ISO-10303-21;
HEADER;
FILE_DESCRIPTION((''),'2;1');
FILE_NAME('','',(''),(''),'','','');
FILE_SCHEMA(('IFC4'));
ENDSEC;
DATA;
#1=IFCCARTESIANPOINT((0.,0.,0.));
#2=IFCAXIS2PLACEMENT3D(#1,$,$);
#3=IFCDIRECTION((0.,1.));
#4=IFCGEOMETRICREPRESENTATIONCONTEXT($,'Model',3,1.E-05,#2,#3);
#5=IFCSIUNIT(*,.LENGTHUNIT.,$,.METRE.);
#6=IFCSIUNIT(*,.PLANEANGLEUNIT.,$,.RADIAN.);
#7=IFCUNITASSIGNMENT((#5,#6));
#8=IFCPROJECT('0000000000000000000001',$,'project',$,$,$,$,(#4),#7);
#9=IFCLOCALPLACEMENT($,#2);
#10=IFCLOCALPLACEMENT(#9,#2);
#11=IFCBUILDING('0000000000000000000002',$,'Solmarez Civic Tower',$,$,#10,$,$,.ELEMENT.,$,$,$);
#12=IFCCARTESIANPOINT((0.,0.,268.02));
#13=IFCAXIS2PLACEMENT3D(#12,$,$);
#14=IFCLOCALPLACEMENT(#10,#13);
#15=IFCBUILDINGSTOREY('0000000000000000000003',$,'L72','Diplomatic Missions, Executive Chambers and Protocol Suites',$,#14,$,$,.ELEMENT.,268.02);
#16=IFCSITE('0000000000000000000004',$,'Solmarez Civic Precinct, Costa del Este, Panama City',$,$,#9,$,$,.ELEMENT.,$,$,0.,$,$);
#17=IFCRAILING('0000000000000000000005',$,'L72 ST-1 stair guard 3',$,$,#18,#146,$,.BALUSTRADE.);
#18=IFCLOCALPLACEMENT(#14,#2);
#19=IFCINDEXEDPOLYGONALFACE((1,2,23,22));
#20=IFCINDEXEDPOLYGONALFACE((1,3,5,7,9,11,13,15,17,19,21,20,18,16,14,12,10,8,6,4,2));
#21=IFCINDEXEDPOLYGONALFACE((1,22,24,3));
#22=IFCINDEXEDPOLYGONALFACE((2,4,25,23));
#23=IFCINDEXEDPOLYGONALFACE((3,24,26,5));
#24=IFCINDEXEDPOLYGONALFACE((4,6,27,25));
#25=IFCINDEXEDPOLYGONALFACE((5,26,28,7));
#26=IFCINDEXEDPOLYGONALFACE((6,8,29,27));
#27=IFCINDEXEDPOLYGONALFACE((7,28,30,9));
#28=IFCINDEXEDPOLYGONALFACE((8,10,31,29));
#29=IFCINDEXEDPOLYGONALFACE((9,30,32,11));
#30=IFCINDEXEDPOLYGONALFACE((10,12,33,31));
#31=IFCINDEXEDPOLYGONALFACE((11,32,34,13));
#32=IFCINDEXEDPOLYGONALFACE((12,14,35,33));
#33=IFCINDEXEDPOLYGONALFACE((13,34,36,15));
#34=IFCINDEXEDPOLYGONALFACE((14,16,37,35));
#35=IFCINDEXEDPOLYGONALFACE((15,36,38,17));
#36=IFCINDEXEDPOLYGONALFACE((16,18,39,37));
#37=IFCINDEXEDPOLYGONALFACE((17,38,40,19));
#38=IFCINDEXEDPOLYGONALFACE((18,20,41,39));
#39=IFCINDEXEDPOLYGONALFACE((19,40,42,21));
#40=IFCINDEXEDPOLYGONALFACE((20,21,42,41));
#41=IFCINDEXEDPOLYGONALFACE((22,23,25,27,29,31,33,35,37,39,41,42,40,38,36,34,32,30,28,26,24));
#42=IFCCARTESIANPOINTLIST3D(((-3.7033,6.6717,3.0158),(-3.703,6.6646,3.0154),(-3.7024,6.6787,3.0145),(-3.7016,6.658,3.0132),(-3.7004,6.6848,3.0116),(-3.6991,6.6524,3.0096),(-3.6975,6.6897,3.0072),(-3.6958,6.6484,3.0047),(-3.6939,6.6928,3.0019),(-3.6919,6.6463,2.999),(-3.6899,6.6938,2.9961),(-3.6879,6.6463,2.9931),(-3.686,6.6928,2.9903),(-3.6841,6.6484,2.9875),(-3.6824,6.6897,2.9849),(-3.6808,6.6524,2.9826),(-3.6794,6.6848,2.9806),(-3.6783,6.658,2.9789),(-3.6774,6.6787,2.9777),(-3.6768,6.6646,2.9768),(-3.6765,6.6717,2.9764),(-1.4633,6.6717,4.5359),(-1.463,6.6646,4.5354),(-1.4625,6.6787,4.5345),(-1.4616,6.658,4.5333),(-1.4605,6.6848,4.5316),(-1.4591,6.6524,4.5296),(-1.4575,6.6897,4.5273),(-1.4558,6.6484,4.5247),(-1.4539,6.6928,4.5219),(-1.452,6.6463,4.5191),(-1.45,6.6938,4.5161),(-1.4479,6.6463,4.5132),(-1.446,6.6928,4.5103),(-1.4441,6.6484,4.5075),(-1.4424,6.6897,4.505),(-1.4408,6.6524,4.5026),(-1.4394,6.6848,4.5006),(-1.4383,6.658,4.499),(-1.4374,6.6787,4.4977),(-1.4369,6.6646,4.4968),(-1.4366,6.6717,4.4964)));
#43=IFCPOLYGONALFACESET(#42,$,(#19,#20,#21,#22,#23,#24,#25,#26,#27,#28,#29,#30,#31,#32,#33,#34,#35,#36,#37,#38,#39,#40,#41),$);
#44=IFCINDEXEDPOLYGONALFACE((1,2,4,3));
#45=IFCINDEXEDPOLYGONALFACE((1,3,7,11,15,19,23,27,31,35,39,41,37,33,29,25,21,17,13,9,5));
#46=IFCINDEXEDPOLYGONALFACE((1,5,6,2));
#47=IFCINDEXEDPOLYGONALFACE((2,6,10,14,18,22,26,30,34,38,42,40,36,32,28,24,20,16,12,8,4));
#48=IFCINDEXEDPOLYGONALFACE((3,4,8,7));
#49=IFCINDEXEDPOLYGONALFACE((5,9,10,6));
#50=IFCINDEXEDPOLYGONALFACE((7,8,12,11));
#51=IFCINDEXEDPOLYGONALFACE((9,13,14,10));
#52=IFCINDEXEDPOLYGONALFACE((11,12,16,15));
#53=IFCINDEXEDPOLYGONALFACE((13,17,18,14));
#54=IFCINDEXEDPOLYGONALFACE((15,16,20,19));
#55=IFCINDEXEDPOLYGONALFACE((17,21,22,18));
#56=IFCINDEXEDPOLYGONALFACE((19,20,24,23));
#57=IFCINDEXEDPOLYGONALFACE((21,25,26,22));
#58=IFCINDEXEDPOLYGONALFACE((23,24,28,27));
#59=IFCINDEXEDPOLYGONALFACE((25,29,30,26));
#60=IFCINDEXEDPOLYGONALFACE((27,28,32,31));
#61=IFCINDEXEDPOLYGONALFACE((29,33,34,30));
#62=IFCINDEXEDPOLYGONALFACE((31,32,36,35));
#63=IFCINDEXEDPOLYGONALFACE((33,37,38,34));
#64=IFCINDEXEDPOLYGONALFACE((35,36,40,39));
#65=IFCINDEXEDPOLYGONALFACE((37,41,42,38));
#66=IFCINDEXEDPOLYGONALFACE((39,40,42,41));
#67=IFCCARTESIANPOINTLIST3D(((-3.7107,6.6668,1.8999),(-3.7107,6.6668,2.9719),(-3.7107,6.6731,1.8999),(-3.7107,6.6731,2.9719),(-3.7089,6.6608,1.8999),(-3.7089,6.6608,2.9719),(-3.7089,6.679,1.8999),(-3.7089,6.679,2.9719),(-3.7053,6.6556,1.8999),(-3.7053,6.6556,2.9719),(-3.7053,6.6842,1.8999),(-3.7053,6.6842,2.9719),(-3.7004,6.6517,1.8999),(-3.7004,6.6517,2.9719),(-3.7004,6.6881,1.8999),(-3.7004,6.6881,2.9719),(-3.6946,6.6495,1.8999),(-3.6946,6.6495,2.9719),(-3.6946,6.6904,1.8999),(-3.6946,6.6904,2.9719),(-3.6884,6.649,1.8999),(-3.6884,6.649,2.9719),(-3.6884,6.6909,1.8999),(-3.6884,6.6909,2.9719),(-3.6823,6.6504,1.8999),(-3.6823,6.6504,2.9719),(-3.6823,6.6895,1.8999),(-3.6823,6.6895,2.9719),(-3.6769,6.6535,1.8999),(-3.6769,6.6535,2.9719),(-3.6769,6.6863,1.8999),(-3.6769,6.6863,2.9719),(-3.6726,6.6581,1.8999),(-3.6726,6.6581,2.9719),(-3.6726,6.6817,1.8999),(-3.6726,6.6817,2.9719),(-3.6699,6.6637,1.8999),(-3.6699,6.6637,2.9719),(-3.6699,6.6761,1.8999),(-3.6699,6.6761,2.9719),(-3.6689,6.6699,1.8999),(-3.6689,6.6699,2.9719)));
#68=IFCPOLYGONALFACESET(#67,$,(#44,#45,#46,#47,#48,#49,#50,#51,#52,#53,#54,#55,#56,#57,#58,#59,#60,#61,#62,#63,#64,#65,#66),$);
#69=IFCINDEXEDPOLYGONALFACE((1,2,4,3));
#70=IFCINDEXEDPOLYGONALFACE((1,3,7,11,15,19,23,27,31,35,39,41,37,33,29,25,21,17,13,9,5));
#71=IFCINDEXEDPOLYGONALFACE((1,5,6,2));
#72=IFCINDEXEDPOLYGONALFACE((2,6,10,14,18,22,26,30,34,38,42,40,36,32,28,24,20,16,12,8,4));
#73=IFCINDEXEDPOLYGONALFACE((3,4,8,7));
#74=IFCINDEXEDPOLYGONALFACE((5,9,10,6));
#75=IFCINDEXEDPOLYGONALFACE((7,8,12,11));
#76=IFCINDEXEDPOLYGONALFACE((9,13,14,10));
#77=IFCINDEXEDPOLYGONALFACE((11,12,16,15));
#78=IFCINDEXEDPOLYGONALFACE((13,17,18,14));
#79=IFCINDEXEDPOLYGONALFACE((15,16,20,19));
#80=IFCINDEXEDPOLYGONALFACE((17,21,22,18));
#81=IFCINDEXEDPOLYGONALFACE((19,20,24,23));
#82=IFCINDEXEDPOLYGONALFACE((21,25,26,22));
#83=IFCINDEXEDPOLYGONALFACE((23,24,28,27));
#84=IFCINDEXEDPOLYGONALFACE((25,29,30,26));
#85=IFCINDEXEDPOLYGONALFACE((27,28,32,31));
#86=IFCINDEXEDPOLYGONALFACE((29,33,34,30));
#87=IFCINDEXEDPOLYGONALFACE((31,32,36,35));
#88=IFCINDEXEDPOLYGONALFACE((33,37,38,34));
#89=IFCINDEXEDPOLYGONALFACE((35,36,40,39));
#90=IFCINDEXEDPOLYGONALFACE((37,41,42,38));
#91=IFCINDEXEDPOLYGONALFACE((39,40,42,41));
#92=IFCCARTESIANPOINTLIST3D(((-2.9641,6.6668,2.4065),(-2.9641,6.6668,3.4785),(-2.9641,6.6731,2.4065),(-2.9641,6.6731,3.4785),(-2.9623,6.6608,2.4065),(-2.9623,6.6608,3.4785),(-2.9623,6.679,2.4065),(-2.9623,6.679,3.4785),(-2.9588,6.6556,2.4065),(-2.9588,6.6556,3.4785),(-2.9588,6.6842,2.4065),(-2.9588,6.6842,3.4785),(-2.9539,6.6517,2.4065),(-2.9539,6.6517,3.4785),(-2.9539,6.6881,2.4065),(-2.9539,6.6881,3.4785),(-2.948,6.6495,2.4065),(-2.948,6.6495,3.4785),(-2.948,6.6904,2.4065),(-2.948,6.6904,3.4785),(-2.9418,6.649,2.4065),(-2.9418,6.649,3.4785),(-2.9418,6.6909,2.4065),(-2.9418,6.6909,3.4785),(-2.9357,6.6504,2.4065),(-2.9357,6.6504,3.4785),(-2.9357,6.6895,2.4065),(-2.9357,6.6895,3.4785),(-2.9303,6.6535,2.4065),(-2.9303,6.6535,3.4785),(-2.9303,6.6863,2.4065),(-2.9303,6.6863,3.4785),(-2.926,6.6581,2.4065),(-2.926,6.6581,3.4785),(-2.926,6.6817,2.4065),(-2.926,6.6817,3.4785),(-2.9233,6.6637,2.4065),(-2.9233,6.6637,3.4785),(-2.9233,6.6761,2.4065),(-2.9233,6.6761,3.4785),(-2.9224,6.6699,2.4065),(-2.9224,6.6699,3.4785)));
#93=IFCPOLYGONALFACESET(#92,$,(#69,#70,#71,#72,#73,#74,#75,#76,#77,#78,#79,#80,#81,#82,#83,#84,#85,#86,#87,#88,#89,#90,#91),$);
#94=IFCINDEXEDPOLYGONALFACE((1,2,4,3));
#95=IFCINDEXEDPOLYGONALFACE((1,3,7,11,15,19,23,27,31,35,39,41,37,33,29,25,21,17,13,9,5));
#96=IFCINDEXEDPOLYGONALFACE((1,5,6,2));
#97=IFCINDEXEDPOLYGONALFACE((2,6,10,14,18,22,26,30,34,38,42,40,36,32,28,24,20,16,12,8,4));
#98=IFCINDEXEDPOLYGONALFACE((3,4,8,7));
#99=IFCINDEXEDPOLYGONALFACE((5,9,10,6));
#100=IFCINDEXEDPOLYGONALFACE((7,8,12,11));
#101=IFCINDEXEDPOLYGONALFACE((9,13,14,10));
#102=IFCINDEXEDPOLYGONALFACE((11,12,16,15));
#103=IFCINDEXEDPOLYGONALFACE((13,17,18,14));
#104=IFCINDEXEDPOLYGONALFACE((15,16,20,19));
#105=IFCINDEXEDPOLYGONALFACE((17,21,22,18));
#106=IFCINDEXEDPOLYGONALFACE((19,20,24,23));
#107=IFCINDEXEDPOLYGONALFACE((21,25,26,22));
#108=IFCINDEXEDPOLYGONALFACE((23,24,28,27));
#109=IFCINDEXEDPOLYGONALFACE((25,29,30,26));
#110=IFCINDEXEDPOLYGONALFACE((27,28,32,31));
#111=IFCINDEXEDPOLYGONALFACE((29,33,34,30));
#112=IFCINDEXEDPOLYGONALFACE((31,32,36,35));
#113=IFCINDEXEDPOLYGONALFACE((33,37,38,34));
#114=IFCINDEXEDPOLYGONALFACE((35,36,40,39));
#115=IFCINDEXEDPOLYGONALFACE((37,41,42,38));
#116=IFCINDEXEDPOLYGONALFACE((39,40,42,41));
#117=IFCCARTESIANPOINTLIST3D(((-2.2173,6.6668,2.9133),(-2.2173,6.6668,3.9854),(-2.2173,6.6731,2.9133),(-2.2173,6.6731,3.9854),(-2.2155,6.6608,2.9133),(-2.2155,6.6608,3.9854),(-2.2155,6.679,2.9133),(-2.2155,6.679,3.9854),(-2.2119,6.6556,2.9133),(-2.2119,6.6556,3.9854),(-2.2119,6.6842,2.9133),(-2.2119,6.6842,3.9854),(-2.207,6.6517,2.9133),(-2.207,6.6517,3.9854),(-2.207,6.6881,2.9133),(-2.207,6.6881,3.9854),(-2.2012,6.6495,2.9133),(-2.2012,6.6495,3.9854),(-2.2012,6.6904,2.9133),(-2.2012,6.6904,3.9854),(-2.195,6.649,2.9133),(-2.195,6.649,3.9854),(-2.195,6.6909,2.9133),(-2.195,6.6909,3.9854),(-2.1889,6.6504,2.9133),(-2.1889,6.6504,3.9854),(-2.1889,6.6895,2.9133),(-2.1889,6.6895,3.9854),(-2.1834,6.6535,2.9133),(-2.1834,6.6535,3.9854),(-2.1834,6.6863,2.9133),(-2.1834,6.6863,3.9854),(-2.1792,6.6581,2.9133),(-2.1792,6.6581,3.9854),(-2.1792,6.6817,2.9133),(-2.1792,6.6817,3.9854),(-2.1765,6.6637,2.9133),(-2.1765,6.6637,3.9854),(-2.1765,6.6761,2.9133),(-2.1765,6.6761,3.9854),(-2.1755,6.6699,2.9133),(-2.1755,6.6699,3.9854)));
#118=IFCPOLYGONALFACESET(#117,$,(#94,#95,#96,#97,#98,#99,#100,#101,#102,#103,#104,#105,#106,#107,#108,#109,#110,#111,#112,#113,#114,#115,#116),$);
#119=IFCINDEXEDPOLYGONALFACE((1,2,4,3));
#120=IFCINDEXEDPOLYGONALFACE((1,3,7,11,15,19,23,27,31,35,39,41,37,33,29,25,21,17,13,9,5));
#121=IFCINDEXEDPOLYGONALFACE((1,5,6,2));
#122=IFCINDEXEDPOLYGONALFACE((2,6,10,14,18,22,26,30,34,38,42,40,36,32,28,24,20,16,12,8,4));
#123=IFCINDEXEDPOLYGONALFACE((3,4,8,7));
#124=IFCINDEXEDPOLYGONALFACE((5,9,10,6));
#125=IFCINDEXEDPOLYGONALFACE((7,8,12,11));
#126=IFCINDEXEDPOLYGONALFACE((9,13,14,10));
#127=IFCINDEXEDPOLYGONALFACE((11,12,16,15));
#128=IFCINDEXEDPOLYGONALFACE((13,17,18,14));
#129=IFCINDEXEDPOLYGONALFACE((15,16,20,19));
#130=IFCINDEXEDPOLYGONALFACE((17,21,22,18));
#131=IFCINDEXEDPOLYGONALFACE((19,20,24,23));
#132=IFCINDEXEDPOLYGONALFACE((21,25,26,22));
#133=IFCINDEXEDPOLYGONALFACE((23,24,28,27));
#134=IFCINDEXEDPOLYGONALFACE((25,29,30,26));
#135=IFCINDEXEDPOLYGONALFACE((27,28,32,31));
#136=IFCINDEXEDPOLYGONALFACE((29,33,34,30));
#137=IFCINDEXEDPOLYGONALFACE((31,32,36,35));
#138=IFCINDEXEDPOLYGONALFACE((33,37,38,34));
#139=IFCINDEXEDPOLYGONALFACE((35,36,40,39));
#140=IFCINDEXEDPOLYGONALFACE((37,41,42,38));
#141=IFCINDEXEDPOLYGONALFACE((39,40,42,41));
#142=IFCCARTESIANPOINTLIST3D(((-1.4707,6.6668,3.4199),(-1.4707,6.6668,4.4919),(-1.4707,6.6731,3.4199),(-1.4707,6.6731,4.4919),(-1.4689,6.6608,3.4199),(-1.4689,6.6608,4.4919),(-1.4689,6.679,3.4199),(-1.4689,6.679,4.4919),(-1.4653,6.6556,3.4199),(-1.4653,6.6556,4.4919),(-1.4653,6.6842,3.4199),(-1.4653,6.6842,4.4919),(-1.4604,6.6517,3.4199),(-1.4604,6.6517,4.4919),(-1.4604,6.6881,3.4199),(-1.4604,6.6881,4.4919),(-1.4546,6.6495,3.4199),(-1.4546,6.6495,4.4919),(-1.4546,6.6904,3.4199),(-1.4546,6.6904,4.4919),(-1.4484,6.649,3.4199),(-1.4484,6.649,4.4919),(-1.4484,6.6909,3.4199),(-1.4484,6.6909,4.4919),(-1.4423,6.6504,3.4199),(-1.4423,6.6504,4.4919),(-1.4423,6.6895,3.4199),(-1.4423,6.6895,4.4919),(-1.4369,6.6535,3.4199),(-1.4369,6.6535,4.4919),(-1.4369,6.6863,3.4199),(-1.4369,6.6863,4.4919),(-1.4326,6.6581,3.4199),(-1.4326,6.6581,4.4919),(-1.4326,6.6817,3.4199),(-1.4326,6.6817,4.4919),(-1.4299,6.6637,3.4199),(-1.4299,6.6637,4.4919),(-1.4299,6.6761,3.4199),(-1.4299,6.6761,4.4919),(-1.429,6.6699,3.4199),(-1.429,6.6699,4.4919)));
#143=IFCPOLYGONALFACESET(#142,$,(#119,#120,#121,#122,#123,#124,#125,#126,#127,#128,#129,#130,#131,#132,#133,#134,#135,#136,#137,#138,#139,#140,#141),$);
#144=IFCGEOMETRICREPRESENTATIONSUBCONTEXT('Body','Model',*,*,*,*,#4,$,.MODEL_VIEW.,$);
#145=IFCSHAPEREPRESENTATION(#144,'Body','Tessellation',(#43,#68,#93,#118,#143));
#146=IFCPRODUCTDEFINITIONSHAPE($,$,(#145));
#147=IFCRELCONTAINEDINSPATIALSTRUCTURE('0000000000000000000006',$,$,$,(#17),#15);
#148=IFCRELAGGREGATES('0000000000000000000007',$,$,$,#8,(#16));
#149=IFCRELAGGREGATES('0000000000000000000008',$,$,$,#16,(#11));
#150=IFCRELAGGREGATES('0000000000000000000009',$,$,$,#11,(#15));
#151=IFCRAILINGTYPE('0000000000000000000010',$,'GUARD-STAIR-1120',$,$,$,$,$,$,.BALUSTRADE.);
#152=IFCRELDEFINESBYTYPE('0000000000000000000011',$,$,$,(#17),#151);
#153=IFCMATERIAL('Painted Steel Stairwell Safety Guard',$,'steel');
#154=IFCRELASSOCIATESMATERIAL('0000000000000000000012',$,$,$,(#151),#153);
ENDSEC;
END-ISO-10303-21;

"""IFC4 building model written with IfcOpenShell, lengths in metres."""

from ifc_helpers import new_model, si_unit, direction, frame, origin, origin_2d, place, context, subcontext, project, spatial, circle, extrude, material, type_object, element, save


model = new_model("IFC4")

# Units and contexts
model_context = context("Model", 3, precision=1e-05, world=origin(), true_north=direction((0.0, 1.0)))
body_context = subcontext(model_context, "Body", "Model", "MODEL_VIEW")
ifc_project = project(units=[si_unit("LENGTHUNIT", "METRE"), si_unit("PLANEANGLEUNIT", "RADIAN")], contexts=[model_context])

# Site, building, storey
site_placement = place(None, origin())
site = spatial("IfcSite", under=ifc_project, at=site_placement, Name="Solmarez Civic Precinct, Costa del Este, Panama City", CompositionType="ELEMENT", RefElevation=0.0)
building_placement = place(site_placement, origin())
building = spatial("IfcBuilding", under=site, at=building_placement, Name="Solmarez Civic Tower", CompositionType="ELEMENT")
storey_placement = place(building_placement, frame((0.0, 0.0, 268.02)))
storey = spatial("IfcBuildingStorey", under=building, at=storey_placement, Name="L72", Description="Diplomatic Missions, Executive Chambers and Protocol Suites", CompositionType="ELEMENT", Elevation=268.02)

# Railing
ifc_material_1 = material(Name="Painted Steel Stairwell Safety Guard", Category="steel")
railing_type_1 = type_object("IfcRailingType", Name="GUARD-STAIR-1120", PredefinedType="BALUSTRADE", material=ifc_material_1)
railing_1_placement = place(storey_placement, frame((-3.6899, 6.6699, 1.8999)))
element("IfcRailing", 1, at=railing_1_placement, inside=storey, type_object=railing_type_1, Name="L72 ST-1 stair guard 3", PredefinedType="BALUSTRADE", context=body_context, shape_type="SweptSolid", body=[
    extrude(circle(Radius=0.0239, at=origin_2d()), frame((0.0, 0.0, 1.0962), z_axis=(0.827471, 0.0, 0.561508), x_axis=(0.0, 1.0, 0.0)), (0.0, 0.0, 1.0), 2.707),
    extrude(circle(Radius=0.021, at=origin_2d()), origin(), (0.0, 0.0, 1.0), 1.072),
    extrude(circle(Radius=0.021, at=origin_2d()), frame((0.7466, 0.0, 0.5066)), (0.0, 0.0, 1.0), 1.072),
    extrude(circle(Radius=0.021, at=origin_2d()), frame((1.4934, 0.0, 1.0134)), (0.0, 0.0, 1.0), 1.072),
    extrude(circle(Radius=0.021, at=origin_2d()), frame((2.24, 0.0, 1.52)), (0.0, 0.0, 1.0), 1.072),
])

save(model, "model.ifc")
